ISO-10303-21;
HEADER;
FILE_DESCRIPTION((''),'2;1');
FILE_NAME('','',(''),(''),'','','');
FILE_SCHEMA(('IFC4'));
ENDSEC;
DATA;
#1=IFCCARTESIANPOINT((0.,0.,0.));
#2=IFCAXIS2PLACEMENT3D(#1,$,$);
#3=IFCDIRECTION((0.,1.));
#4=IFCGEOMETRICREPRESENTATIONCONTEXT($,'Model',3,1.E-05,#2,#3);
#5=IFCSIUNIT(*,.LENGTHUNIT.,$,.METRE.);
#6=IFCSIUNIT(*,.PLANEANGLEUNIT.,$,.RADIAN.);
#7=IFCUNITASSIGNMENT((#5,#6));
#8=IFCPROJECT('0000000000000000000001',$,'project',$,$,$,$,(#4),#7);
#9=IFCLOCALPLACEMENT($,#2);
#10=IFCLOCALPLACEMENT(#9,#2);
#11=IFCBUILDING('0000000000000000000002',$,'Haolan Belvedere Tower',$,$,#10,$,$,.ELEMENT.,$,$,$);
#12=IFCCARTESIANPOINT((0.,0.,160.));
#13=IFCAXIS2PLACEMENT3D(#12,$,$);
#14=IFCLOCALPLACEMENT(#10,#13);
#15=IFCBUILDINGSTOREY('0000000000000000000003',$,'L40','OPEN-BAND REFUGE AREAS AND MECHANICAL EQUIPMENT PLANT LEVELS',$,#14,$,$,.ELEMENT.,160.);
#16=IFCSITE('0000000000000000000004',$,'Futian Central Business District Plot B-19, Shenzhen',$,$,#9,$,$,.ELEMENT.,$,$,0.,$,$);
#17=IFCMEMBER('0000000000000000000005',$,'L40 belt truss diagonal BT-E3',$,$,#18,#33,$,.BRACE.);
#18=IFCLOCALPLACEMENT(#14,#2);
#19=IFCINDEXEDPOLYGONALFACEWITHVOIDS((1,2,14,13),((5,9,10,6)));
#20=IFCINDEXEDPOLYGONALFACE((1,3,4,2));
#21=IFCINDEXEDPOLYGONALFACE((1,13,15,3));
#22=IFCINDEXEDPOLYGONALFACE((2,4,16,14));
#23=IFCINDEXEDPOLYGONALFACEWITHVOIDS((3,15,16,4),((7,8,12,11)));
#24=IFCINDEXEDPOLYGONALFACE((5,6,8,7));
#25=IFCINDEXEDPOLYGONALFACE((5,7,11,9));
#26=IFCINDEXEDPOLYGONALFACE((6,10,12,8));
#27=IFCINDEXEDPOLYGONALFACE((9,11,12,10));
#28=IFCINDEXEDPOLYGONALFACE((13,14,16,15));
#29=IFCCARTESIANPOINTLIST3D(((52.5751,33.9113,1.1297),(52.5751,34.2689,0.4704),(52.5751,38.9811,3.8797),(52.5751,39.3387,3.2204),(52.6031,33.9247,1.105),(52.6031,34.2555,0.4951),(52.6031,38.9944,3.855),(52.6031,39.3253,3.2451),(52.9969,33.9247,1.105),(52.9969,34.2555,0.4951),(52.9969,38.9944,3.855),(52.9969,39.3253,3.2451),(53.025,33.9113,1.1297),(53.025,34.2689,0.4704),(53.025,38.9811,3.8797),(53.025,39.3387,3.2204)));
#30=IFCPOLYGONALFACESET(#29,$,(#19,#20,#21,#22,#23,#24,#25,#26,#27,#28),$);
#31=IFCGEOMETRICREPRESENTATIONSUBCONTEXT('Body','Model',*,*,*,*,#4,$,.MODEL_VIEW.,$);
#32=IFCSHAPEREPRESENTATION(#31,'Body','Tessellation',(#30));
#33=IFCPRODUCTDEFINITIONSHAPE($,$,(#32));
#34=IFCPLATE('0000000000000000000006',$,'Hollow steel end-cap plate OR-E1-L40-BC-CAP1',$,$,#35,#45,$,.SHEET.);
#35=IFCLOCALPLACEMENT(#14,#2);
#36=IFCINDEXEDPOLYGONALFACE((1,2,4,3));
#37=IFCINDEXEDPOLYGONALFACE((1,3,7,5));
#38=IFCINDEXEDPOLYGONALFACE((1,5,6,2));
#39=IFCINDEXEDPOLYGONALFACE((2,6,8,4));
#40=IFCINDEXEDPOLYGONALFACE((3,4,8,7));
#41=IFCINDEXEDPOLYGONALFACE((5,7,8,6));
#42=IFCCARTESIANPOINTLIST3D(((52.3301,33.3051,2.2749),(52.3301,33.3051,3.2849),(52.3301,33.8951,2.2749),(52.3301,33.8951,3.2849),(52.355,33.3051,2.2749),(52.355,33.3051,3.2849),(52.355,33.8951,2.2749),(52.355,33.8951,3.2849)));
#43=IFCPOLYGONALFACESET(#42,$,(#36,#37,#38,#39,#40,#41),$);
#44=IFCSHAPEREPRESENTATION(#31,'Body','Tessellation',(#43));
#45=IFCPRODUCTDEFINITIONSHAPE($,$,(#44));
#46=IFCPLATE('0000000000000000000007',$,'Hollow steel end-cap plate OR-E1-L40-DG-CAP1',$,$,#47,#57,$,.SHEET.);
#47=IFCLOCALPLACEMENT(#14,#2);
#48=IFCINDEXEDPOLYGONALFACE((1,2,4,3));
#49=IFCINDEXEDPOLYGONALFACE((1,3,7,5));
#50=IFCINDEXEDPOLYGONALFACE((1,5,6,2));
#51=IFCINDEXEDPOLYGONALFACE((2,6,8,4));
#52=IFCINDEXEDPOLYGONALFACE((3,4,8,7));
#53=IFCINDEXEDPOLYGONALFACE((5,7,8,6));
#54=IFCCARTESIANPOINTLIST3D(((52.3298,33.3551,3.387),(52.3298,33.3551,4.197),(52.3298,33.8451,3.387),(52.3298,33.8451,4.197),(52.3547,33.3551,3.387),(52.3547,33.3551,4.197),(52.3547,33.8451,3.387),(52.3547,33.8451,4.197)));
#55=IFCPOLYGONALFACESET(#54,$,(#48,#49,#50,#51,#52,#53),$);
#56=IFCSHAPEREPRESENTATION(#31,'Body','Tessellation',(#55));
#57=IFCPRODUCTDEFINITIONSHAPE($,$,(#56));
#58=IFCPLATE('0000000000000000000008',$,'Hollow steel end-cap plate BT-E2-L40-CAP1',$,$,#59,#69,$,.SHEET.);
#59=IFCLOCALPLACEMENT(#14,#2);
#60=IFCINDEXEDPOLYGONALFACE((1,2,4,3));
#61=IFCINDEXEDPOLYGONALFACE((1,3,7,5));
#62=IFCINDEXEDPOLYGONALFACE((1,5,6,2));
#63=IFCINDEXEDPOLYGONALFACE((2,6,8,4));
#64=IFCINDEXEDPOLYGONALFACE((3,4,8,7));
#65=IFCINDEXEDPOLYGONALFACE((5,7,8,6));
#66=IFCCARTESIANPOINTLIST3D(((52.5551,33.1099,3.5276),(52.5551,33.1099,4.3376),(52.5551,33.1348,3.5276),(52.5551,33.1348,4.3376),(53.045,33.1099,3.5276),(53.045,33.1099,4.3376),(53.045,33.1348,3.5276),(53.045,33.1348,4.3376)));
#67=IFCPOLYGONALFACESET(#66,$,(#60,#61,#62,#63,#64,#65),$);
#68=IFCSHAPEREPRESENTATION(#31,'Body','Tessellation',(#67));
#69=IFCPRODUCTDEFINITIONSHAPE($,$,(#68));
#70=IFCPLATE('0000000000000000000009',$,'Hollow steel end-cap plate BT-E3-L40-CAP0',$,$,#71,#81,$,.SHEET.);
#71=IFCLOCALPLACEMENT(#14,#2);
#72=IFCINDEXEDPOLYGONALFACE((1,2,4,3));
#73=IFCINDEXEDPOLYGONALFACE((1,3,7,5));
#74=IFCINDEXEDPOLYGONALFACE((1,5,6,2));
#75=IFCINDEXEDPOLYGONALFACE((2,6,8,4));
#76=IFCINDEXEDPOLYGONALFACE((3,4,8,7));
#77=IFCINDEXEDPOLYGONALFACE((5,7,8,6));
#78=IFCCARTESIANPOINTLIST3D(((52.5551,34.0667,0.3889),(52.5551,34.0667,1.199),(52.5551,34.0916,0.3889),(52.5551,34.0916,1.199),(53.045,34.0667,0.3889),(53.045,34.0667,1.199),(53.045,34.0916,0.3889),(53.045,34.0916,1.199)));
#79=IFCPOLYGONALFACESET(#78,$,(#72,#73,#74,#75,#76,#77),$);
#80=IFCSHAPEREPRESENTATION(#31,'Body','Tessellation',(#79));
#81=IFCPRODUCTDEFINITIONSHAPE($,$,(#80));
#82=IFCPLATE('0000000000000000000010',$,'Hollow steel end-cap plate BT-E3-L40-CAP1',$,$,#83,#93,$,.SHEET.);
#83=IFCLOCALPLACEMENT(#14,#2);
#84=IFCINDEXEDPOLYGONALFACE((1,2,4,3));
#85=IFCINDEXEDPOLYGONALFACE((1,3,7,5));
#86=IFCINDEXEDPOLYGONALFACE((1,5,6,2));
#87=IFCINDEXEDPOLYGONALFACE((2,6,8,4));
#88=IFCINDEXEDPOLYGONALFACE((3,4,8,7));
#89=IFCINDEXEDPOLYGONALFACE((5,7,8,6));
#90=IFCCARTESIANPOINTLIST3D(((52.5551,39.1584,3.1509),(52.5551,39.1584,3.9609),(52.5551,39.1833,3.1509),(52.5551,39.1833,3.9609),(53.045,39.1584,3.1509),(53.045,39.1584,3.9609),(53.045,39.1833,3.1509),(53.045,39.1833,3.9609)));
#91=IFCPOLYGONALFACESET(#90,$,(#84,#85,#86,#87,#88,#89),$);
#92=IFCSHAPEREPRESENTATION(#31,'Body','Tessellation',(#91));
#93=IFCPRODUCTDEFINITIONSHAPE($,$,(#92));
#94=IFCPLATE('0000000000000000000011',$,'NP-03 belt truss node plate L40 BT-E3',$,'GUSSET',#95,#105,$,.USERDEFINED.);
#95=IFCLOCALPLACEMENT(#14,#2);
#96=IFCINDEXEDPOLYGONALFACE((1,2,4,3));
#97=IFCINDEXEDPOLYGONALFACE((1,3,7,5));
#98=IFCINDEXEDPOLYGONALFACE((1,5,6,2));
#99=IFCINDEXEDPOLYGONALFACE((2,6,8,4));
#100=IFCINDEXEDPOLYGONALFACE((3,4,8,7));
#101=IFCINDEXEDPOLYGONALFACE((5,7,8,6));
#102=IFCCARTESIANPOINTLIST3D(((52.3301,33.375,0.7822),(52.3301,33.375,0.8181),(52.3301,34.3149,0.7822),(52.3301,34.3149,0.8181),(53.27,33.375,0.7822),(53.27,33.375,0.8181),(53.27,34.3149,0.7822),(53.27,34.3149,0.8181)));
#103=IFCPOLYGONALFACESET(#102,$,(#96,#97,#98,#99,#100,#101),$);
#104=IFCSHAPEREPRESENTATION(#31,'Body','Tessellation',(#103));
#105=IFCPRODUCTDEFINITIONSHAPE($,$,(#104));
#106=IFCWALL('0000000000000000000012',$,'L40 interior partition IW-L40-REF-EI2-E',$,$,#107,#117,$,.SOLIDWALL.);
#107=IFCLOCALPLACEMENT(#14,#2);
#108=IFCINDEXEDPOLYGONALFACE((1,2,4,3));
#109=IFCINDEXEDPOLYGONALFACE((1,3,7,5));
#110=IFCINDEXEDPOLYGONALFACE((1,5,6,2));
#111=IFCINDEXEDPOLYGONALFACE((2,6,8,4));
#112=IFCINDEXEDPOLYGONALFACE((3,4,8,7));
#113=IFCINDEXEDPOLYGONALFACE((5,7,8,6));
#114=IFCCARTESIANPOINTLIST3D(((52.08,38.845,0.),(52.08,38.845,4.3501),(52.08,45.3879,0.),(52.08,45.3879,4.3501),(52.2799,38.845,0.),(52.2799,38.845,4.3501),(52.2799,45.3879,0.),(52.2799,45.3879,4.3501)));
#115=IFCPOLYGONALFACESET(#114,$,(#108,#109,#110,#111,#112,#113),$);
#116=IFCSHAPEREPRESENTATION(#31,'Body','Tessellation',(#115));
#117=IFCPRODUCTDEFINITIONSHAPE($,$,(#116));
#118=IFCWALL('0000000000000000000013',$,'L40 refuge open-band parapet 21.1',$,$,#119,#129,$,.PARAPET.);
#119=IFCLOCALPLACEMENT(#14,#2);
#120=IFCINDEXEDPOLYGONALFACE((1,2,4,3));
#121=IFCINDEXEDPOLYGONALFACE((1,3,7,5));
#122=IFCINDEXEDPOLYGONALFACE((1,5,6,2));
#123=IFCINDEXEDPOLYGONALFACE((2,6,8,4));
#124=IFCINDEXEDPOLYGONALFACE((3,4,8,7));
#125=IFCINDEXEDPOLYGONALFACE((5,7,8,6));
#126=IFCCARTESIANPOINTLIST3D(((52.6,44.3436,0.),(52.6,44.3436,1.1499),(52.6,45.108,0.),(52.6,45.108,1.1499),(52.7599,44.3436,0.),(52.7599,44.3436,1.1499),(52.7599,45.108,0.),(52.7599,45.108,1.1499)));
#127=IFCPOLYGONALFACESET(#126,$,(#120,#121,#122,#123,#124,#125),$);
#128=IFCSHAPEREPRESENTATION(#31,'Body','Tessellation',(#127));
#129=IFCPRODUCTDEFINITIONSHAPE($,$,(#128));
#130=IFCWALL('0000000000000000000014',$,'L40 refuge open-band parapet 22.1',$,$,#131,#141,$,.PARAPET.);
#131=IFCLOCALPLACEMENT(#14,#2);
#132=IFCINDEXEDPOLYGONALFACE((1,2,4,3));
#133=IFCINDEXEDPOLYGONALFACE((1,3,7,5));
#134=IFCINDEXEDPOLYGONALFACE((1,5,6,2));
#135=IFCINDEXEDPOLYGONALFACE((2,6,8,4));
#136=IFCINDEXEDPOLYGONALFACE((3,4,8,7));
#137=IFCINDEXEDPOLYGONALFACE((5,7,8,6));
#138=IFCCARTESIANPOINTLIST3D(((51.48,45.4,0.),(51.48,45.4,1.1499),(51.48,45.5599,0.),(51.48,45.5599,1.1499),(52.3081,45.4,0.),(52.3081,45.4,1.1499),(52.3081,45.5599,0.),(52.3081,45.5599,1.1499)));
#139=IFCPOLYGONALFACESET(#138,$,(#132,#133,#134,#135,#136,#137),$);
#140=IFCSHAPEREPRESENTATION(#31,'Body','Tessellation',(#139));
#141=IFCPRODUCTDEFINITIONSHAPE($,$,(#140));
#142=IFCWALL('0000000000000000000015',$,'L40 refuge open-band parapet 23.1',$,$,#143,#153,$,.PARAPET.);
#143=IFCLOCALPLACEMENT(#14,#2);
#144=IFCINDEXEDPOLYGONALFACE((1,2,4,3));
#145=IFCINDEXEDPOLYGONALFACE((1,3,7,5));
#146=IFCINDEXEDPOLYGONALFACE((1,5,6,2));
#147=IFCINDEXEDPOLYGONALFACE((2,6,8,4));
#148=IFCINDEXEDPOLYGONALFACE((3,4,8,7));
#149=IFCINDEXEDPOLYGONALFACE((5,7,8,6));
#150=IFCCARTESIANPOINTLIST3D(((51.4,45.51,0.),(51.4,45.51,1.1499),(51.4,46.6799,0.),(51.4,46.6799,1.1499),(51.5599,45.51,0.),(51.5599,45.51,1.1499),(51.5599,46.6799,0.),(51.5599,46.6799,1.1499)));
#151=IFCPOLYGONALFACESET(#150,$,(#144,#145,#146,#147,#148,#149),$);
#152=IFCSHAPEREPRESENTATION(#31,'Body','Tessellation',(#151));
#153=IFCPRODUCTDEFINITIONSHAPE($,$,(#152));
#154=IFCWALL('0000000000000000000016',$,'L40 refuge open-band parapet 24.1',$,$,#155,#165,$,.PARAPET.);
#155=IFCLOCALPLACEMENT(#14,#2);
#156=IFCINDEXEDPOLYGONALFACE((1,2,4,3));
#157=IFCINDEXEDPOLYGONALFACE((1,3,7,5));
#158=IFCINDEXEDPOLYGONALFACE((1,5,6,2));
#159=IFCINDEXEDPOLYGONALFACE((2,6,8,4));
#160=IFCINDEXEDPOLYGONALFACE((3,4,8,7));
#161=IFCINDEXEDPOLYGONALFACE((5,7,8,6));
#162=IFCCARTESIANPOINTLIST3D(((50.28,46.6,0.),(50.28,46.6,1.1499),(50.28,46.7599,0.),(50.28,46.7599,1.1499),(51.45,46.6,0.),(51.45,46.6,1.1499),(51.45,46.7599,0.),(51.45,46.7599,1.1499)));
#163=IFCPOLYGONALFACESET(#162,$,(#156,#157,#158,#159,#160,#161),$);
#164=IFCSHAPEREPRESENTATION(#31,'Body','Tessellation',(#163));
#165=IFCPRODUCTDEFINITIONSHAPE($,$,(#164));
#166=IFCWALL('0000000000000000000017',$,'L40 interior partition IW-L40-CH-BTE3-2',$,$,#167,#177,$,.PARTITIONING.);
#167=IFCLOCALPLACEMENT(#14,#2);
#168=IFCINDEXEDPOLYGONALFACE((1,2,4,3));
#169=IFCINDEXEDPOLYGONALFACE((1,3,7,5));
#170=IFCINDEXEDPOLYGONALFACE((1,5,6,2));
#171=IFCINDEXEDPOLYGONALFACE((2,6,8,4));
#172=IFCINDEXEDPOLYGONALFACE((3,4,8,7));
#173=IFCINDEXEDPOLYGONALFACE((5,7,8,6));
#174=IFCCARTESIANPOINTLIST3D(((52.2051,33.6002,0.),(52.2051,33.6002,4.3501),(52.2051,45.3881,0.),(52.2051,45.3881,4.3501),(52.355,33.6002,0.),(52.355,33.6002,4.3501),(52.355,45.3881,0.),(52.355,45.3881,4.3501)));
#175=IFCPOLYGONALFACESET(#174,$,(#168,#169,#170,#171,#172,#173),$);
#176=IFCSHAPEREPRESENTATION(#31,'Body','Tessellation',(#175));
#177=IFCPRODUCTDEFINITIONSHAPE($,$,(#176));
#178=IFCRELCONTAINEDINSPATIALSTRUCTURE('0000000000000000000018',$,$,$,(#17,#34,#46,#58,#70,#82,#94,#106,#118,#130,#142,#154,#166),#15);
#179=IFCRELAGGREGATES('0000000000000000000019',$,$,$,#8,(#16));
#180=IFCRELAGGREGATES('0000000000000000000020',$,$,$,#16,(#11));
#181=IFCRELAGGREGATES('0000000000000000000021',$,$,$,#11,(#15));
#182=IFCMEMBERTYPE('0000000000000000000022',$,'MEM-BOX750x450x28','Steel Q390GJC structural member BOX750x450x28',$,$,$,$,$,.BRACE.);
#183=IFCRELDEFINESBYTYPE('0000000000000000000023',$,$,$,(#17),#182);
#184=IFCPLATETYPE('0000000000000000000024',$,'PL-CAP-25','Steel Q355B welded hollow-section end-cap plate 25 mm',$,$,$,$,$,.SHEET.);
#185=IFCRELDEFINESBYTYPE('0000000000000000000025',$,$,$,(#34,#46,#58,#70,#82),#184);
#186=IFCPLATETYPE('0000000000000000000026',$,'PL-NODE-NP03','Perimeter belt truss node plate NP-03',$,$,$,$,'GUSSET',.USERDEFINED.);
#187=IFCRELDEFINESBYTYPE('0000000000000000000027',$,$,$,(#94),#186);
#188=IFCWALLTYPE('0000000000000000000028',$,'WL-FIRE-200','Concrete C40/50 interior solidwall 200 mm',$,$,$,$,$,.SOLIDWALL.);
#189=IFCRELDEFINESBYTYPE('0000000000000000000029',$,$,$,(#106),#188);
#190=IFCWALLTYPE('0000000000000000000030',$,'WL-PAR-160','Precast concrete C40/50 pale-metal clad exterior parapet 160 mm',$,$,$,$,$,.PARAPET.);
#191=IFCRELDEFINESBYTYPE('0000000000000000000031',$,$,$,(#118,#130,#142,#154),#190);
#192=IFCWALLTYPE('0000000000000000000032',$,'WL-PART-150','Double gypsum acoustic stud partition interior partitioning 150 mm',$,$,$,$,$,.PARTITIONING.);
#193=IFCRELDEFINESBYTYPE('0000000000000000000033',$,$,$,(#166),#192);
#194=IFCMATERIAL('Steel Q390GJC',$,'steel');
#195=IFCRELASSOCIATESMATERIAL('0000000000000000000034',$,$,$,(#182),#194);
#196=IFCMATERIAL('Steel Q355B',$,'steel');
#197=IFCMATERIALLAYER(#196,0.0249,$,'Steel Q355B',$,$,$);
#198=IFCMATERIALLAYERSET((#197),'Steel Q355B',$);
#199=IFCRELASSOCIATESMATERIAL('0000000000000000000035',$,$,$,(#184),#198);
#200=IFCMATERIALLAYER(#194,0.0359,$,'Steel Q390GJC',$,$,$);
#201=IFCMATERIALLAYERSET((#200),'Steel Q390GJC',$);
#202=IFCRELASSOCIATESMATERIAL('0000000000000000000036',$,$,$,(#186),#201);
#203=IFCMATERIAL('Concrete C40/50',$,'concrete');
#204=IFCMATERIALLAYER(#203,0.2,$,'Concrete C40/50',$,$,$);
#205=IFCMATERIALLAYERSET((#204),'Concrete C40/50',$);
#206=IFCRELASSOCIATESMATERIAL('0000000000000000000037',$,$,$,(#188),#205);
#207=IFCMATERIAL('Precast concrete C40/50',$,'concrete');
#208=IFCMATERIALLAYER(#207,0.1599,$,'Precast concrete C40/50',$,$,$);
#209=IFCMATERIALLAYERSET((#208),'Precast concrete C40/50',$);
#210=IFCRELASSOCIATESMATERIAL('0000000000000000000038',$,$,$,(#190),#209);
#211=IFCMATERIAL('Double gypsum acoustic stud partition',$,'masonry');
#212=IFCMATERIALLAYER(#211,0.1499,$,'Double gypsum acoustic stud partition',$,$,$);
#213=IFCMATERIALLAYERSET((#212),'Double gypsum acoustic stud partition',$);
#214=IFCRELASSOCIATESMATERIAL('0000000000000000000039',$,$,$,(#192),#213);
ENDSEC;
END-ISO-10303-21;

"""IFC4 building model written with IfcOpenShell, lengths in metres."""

from ifc_helpers import new_model, si_unit, direction, frame, frame_2d, origin, origin_2d, place, context, subcontext, project, spatial, rectangle, hollow_rectangle, extrude, material, layer, layer_set, material_profile, profile_set, type_object, element, save


model = new_model("IFC4")

# Units and contexts
model_context = context("Model", 3, precision=1e-05, world=origin(), true_north=direction((0.0, 1.0)))
body_context = subcontext(model_context, "Body", "Model", "MODEL_VIEW")
ifc_project = project(units=[si_unit("LENGTHUNIT", "METRE"), si_unit("PLANEANGLEUNIT", "RADIAN")], contexts=[model_context])

# Site, building, storey
site_placement = place(None, origin())
site = spatial("IfcSite", under=ifc_project, at=site_placement, Name="Futian Central Business District Plot B-19, Shenzhen", CompositionType="ELEMENT", RefElevation=0.0)
building_placement = place(site_placement, origin())
building = spatial("IfcBuilding", under=site, at=building_placement, Name="Haolan Belvedere Tower", CompositionType="ELEMENT")
storey_placement = place(building_placement, frame((0.0, 0.0, 160.0)))
storey = spatial("IfcBuildingStorey", under=building, at=storey_placement, Name="L40", Description="OPEN-BAND REFUGE AREAS AND MECHANICAL EQUIPMENT PLANT LEVELS", CompositionType="ELEMENT", Elevation=160.0)

# Shared definitions
ifc_material_1 = material(Name="Steel Q390GJC", Category="steel")

# Shared definitions
ifc_material_2 = material(Name="Steel Q355B", Category="steel")

# Member
ifc_material_profile_1 = material_profile(ifc_material_1, hollow_rectangle(XDim=0.45, YDim=0.75, WallThickness=0.0281, at=origin_2d()), Name="Steel Q390GJC")
ifc_profile_set_1 = profile_set([ifc_material_profile_1], Name="Steel Q390GJC")
member_type = type_object("IfcMemberType", Name="MEM-BOX750x450x28", Description="Steel Q390GJC structural member BOX750x450x28", PredefinedType="BRACE", material=ifc_profile_set_1)
member_placement = place(storey_placement, frame((52.8, 34.0901, 0.8), z_axis=(0.0, 0.879013, 0.476799), x_axis=(-1.0, 0.0, 0.0)))
element("IfcMember", 1, at=member_placement, inside=storey, type_object=member_type, Name="L40 belt truss diagonal BT-E3", PredefinedType="BRACE", context=body_context, shape_type="SweptSolid", body=[
    extrude(hollow_rectangle(XDim=0.45, YDim=0.75, WallThickness=0.0281, at=origin_2d()), origin(), (0.0, 0.0, 1.0), 5.7676),
])

# Plates
ifc_layer_1 = layer(ifc_material_2, 0.0249, Name="Steel Q355B")
ifc_layer_set_1 = layer_set([ifc_layer_1], Name="Steel Q355B")
plate_type_1 = type_object("IfcPlateType", Name="PL-CAP-25", Description="Steel Q355B welded hollow-section end-cap plate 25 mm", PredefinedType="SHEET", material=ifc_layer_set_1)
plate_1_placement = place(storey_placement, frame((52.3425, 33.6001, 2.2749), z_axis=(0.0, 0.0, 1.0), x_axis=(0.0, 1.0, 0.0)))
element("IfcPlate", 2, at=plate_1_placement, inside=storey, type_object=plate_type_1, Name="Hollow steel end-cap plate OR-E1-L40-BC-CAP1", PredefinedType="SHEET", context=body_context, shape_type="SweptSolid", body=[
    extrude(rectangle(XDim=0.5901, YDim=0.0249, at=origin_2d()), origin(), (0.0, 0.0, 1.0), 1.01),
])
for number, where, z_axis, x_axis, name in (
    (3, (52.3423, 33.6001, 3.387), (0.0, 0.0, 1.0), (0.0, 1.0, 0.0), "Hollow steel end-cap plate OR-E1-L40-DG-CAP1"),
    (4, (52.8, 33.1223, 3.5276), (0.0, 0.0, 1.0), (-1.0, 0.0, 0.0), "Hollow steel end-cap plate BT-E2-L40-CAP1"),
    (5, (52.8, 34.0791, 0.3889), (0.0, 0.0, 1.0), (1.0, 0.0, 0.0), "Hollow steel end-cap plate BT-E3-L40-CAP0"),
    (6, (52.8, 39.1709, 3.1509), (0.0, 0.0, 1.0), (-1.0, 0.0, 0.0), "Hollow steel end-cap plate BT-E3-L40-CAP1"),
):
    element("IfcPlate", number, at=place(storey_placement, frame(where, z_axis=z_axis, x_axis=x_axis)), inside=storey, type_object=plate_type_1, Name=name, PredefinedType="SHEET", context=body_context, shape_type="SweptSolid", body=[
        extrude(rectangle(XDim=0.49, YDim=0.0249, at=origin_2d()), origin(), (0.0, 0.0, 1.0), 0.8101),
    ])
ifc_layer_2 = layer(ifc_material_1, 0.0359, Name="Steel Q390GJC")
ifc_layer_set_2 = layer_set([ifc_layer_2], Name="Steel Q390GJC")
plate_type_2 = type_object("IfcPlateType", Name="PL-NODE-NP03", Description="Perimeter belt truss node plate NP-03", ElementType="GUSSET", PredefinedType="USERDEFINED", material=ifc_layer_set_2)
plate_2_placement = place(storey_placement, frame((52.8, 33.845, 0.7822), z_axis=(0.0, 0.0, 1.0), x_axis=(1.0, 0.0, 0.0)))
element("IfcPlate", 7, at=plate_2_placement, inside=storey, type_object=plate_type_2, Name="NP-03 belt truss node plate L40 BT-E3", ObjectType="GUSSET", PredefinedType="USERDEFINED", context=body_context, shape_type="SweptSolid", body=[
    extrude(rectangle(XDim=0.9399, YDim=0.9399, at=origin_2d()), origin(), (0.0, 0.0, 1.0), 0.0359),
])

# Walls
ifc_material_3 = material(Name="Concrete C40/50", Category="concrete")
ifc_layer_3 = layer(ifc_material_3, 0.2, Name="Concrete C40/50")
ifc_layer_set_3 = layer_set([ifc_layer_3], Name="Concrete C40/50")
wall_type_1 = type_object("IfcWallType", Name="WL-FIRE-200", Description="Concrete C40/50 interior solidwall 200 mm", PredefinedType="SOLIDWALL", material=ifc_layer_set_3)
wall_1_placement = place(storey_placement, frame((52.1799, 38.845, 0.0), z_axis=(0.0, 0.0, 1.0), x_axis=(0.0, 1.0, 0.0)))
element("IfcWall", 8, at=wall_1_placement, inside=storey, type_object=wall_type_1, Name="L40 interior partition IW-L40-REF-EI2-E", PredefinedType="SOLIDWALL", context=body_context, shape_type="SweptSolid", body=[
    extrude(rectangle(XDim=6.543, YDim=0.2, at=frame_2d((3.2715, 0.0))), origin(), (0.0, 0.0, 1.0), 4.3501),
])
ifc_material_4 = material(Name="Precast concrete C40/50", Category="concrete")
ifc_layer_4 = layer(ifc_material_4, 0.1599, Name="Precast concrete C40/50")
ifc_layer_set_4 = layer_set([ifc_layer_4], Name="Precast concrete C40/50")
wall_type_2 = type_object("IfcWallType", Name="WL-PAR-160", Description="Precast concrete C40/50 pale-metal clad exterior parapet 160 mm", PredefinedType="PARAPET", material=ifc_layer_set_4)
wall_2_placement = place(storey_placement, frame((52.6799, 44.3435, 0.0), z_axis=(0.0, 0.0, 1.0), x_axis=(0.0, 1.0, 0.0)))
element("IfcWall", 9, at=wall_2_placement, inside=storey, type_object=wall_type_2, Name="L40 refuge open-band parapet 21.1", PredefinedType="PARAPET", context=body_context, shape_type="SweptSolid", body=[
    extrude(rectangle(XDim=0.7644, YDim=0.1599, at=frame_2d((0.3823, 0.0))), origin(), (0.0, 0.0, 1.0), 1.1499),
])
wall_3_placement = place(storey_placement, frame((52.3081, 45.48, 0.0), z_axis=(0.0, 0.0, 1.0), x_axis=(-1.0, 0.0, 0.0)))
element("IfcWall", 10, at=wall_3_placement, inside=storey, type_object=wall_type_2, Name="L40 refuge open-band parapet 22.1", PredefinedType="PARAPET", context=body_context, shape_type="SweptSolid", body=[
    extrude(rectangle(XDim=0.8281, YDim=0.1599, at=frame_2d((0.4141, 0.0))), origin(), (0.0, 0.0, 1.0), 1.1499),
])
for number, where, z_axis, x_axis, name in (
    (11, (51.48, 45.51, 0.0), (0.0, 0.0, 1.0), (0.0, 1.0, 0.0), "L40 refuge open-band parapet 23.1"),
    (12, (51.45, 46.6799, 0.0), (0.0, 0.0, 1.0), (-1.0, 0.0, 0.0), "L40 refuge open-band parapet 24.1"),
):
    element("IfcWall", number, at=place(storey_placement, frame(where, z_axis=z_axis, x_axis=x_axis)), inside=storey, type_object=wall_type_2, Name=name, PredefinedType="PARAPET", context=body_context, shape_type="SweptSolid", body=[
        extrude(rectangle(XDim=1.1699, YDim=0.1599, at=frame_2d((0.585, 0.0))), origin(), (0.0, 0.0, 1.0), 1.1499),
    ])
ifc_material_5 = material(Name="Double gypsum acoustic stud partition", Category="masonry")
ifc_layer_5 = layer(ifc_material_5, 0.1499, Name="Double gypsum acoustic stud partition")
ifc_layer_set_5 = layer_set([ifc_layer_5], Name="Double gypsum acoustic stud partition")
wall_type_3 = type_object("IfcWallType", Name="WL-PART-150", Description="Double gypsum acoustic stud partition interior partitioning 150 mm", PredefinedType="PARTITIONING", material=ifc_layer_set_5)
wall_4_placement = place(storey_placement, frame((52.28, 33.6001, 0.0), z_axis=(0.0, 0.0, 1.0), x_axis=(0.0, 1.0, 0.0)))
element("IfcWall", 13, at=wall_4_placement, inside=storey, type_object=wall_type_3, Name="L40 interior partition IW-L40-CH-BTE3-2", PredefinedType="PARTITIONING", context=body_context, shape_type="SweptSolid", body=[
    extrude(rectangle(XDim=11.7878, YDim=0.1499, at=frame_2d((5.894, 0.0))), origin(), (0.0, 0.0, 1.0), 4.3501),
])

save(model, "model.ifc")
